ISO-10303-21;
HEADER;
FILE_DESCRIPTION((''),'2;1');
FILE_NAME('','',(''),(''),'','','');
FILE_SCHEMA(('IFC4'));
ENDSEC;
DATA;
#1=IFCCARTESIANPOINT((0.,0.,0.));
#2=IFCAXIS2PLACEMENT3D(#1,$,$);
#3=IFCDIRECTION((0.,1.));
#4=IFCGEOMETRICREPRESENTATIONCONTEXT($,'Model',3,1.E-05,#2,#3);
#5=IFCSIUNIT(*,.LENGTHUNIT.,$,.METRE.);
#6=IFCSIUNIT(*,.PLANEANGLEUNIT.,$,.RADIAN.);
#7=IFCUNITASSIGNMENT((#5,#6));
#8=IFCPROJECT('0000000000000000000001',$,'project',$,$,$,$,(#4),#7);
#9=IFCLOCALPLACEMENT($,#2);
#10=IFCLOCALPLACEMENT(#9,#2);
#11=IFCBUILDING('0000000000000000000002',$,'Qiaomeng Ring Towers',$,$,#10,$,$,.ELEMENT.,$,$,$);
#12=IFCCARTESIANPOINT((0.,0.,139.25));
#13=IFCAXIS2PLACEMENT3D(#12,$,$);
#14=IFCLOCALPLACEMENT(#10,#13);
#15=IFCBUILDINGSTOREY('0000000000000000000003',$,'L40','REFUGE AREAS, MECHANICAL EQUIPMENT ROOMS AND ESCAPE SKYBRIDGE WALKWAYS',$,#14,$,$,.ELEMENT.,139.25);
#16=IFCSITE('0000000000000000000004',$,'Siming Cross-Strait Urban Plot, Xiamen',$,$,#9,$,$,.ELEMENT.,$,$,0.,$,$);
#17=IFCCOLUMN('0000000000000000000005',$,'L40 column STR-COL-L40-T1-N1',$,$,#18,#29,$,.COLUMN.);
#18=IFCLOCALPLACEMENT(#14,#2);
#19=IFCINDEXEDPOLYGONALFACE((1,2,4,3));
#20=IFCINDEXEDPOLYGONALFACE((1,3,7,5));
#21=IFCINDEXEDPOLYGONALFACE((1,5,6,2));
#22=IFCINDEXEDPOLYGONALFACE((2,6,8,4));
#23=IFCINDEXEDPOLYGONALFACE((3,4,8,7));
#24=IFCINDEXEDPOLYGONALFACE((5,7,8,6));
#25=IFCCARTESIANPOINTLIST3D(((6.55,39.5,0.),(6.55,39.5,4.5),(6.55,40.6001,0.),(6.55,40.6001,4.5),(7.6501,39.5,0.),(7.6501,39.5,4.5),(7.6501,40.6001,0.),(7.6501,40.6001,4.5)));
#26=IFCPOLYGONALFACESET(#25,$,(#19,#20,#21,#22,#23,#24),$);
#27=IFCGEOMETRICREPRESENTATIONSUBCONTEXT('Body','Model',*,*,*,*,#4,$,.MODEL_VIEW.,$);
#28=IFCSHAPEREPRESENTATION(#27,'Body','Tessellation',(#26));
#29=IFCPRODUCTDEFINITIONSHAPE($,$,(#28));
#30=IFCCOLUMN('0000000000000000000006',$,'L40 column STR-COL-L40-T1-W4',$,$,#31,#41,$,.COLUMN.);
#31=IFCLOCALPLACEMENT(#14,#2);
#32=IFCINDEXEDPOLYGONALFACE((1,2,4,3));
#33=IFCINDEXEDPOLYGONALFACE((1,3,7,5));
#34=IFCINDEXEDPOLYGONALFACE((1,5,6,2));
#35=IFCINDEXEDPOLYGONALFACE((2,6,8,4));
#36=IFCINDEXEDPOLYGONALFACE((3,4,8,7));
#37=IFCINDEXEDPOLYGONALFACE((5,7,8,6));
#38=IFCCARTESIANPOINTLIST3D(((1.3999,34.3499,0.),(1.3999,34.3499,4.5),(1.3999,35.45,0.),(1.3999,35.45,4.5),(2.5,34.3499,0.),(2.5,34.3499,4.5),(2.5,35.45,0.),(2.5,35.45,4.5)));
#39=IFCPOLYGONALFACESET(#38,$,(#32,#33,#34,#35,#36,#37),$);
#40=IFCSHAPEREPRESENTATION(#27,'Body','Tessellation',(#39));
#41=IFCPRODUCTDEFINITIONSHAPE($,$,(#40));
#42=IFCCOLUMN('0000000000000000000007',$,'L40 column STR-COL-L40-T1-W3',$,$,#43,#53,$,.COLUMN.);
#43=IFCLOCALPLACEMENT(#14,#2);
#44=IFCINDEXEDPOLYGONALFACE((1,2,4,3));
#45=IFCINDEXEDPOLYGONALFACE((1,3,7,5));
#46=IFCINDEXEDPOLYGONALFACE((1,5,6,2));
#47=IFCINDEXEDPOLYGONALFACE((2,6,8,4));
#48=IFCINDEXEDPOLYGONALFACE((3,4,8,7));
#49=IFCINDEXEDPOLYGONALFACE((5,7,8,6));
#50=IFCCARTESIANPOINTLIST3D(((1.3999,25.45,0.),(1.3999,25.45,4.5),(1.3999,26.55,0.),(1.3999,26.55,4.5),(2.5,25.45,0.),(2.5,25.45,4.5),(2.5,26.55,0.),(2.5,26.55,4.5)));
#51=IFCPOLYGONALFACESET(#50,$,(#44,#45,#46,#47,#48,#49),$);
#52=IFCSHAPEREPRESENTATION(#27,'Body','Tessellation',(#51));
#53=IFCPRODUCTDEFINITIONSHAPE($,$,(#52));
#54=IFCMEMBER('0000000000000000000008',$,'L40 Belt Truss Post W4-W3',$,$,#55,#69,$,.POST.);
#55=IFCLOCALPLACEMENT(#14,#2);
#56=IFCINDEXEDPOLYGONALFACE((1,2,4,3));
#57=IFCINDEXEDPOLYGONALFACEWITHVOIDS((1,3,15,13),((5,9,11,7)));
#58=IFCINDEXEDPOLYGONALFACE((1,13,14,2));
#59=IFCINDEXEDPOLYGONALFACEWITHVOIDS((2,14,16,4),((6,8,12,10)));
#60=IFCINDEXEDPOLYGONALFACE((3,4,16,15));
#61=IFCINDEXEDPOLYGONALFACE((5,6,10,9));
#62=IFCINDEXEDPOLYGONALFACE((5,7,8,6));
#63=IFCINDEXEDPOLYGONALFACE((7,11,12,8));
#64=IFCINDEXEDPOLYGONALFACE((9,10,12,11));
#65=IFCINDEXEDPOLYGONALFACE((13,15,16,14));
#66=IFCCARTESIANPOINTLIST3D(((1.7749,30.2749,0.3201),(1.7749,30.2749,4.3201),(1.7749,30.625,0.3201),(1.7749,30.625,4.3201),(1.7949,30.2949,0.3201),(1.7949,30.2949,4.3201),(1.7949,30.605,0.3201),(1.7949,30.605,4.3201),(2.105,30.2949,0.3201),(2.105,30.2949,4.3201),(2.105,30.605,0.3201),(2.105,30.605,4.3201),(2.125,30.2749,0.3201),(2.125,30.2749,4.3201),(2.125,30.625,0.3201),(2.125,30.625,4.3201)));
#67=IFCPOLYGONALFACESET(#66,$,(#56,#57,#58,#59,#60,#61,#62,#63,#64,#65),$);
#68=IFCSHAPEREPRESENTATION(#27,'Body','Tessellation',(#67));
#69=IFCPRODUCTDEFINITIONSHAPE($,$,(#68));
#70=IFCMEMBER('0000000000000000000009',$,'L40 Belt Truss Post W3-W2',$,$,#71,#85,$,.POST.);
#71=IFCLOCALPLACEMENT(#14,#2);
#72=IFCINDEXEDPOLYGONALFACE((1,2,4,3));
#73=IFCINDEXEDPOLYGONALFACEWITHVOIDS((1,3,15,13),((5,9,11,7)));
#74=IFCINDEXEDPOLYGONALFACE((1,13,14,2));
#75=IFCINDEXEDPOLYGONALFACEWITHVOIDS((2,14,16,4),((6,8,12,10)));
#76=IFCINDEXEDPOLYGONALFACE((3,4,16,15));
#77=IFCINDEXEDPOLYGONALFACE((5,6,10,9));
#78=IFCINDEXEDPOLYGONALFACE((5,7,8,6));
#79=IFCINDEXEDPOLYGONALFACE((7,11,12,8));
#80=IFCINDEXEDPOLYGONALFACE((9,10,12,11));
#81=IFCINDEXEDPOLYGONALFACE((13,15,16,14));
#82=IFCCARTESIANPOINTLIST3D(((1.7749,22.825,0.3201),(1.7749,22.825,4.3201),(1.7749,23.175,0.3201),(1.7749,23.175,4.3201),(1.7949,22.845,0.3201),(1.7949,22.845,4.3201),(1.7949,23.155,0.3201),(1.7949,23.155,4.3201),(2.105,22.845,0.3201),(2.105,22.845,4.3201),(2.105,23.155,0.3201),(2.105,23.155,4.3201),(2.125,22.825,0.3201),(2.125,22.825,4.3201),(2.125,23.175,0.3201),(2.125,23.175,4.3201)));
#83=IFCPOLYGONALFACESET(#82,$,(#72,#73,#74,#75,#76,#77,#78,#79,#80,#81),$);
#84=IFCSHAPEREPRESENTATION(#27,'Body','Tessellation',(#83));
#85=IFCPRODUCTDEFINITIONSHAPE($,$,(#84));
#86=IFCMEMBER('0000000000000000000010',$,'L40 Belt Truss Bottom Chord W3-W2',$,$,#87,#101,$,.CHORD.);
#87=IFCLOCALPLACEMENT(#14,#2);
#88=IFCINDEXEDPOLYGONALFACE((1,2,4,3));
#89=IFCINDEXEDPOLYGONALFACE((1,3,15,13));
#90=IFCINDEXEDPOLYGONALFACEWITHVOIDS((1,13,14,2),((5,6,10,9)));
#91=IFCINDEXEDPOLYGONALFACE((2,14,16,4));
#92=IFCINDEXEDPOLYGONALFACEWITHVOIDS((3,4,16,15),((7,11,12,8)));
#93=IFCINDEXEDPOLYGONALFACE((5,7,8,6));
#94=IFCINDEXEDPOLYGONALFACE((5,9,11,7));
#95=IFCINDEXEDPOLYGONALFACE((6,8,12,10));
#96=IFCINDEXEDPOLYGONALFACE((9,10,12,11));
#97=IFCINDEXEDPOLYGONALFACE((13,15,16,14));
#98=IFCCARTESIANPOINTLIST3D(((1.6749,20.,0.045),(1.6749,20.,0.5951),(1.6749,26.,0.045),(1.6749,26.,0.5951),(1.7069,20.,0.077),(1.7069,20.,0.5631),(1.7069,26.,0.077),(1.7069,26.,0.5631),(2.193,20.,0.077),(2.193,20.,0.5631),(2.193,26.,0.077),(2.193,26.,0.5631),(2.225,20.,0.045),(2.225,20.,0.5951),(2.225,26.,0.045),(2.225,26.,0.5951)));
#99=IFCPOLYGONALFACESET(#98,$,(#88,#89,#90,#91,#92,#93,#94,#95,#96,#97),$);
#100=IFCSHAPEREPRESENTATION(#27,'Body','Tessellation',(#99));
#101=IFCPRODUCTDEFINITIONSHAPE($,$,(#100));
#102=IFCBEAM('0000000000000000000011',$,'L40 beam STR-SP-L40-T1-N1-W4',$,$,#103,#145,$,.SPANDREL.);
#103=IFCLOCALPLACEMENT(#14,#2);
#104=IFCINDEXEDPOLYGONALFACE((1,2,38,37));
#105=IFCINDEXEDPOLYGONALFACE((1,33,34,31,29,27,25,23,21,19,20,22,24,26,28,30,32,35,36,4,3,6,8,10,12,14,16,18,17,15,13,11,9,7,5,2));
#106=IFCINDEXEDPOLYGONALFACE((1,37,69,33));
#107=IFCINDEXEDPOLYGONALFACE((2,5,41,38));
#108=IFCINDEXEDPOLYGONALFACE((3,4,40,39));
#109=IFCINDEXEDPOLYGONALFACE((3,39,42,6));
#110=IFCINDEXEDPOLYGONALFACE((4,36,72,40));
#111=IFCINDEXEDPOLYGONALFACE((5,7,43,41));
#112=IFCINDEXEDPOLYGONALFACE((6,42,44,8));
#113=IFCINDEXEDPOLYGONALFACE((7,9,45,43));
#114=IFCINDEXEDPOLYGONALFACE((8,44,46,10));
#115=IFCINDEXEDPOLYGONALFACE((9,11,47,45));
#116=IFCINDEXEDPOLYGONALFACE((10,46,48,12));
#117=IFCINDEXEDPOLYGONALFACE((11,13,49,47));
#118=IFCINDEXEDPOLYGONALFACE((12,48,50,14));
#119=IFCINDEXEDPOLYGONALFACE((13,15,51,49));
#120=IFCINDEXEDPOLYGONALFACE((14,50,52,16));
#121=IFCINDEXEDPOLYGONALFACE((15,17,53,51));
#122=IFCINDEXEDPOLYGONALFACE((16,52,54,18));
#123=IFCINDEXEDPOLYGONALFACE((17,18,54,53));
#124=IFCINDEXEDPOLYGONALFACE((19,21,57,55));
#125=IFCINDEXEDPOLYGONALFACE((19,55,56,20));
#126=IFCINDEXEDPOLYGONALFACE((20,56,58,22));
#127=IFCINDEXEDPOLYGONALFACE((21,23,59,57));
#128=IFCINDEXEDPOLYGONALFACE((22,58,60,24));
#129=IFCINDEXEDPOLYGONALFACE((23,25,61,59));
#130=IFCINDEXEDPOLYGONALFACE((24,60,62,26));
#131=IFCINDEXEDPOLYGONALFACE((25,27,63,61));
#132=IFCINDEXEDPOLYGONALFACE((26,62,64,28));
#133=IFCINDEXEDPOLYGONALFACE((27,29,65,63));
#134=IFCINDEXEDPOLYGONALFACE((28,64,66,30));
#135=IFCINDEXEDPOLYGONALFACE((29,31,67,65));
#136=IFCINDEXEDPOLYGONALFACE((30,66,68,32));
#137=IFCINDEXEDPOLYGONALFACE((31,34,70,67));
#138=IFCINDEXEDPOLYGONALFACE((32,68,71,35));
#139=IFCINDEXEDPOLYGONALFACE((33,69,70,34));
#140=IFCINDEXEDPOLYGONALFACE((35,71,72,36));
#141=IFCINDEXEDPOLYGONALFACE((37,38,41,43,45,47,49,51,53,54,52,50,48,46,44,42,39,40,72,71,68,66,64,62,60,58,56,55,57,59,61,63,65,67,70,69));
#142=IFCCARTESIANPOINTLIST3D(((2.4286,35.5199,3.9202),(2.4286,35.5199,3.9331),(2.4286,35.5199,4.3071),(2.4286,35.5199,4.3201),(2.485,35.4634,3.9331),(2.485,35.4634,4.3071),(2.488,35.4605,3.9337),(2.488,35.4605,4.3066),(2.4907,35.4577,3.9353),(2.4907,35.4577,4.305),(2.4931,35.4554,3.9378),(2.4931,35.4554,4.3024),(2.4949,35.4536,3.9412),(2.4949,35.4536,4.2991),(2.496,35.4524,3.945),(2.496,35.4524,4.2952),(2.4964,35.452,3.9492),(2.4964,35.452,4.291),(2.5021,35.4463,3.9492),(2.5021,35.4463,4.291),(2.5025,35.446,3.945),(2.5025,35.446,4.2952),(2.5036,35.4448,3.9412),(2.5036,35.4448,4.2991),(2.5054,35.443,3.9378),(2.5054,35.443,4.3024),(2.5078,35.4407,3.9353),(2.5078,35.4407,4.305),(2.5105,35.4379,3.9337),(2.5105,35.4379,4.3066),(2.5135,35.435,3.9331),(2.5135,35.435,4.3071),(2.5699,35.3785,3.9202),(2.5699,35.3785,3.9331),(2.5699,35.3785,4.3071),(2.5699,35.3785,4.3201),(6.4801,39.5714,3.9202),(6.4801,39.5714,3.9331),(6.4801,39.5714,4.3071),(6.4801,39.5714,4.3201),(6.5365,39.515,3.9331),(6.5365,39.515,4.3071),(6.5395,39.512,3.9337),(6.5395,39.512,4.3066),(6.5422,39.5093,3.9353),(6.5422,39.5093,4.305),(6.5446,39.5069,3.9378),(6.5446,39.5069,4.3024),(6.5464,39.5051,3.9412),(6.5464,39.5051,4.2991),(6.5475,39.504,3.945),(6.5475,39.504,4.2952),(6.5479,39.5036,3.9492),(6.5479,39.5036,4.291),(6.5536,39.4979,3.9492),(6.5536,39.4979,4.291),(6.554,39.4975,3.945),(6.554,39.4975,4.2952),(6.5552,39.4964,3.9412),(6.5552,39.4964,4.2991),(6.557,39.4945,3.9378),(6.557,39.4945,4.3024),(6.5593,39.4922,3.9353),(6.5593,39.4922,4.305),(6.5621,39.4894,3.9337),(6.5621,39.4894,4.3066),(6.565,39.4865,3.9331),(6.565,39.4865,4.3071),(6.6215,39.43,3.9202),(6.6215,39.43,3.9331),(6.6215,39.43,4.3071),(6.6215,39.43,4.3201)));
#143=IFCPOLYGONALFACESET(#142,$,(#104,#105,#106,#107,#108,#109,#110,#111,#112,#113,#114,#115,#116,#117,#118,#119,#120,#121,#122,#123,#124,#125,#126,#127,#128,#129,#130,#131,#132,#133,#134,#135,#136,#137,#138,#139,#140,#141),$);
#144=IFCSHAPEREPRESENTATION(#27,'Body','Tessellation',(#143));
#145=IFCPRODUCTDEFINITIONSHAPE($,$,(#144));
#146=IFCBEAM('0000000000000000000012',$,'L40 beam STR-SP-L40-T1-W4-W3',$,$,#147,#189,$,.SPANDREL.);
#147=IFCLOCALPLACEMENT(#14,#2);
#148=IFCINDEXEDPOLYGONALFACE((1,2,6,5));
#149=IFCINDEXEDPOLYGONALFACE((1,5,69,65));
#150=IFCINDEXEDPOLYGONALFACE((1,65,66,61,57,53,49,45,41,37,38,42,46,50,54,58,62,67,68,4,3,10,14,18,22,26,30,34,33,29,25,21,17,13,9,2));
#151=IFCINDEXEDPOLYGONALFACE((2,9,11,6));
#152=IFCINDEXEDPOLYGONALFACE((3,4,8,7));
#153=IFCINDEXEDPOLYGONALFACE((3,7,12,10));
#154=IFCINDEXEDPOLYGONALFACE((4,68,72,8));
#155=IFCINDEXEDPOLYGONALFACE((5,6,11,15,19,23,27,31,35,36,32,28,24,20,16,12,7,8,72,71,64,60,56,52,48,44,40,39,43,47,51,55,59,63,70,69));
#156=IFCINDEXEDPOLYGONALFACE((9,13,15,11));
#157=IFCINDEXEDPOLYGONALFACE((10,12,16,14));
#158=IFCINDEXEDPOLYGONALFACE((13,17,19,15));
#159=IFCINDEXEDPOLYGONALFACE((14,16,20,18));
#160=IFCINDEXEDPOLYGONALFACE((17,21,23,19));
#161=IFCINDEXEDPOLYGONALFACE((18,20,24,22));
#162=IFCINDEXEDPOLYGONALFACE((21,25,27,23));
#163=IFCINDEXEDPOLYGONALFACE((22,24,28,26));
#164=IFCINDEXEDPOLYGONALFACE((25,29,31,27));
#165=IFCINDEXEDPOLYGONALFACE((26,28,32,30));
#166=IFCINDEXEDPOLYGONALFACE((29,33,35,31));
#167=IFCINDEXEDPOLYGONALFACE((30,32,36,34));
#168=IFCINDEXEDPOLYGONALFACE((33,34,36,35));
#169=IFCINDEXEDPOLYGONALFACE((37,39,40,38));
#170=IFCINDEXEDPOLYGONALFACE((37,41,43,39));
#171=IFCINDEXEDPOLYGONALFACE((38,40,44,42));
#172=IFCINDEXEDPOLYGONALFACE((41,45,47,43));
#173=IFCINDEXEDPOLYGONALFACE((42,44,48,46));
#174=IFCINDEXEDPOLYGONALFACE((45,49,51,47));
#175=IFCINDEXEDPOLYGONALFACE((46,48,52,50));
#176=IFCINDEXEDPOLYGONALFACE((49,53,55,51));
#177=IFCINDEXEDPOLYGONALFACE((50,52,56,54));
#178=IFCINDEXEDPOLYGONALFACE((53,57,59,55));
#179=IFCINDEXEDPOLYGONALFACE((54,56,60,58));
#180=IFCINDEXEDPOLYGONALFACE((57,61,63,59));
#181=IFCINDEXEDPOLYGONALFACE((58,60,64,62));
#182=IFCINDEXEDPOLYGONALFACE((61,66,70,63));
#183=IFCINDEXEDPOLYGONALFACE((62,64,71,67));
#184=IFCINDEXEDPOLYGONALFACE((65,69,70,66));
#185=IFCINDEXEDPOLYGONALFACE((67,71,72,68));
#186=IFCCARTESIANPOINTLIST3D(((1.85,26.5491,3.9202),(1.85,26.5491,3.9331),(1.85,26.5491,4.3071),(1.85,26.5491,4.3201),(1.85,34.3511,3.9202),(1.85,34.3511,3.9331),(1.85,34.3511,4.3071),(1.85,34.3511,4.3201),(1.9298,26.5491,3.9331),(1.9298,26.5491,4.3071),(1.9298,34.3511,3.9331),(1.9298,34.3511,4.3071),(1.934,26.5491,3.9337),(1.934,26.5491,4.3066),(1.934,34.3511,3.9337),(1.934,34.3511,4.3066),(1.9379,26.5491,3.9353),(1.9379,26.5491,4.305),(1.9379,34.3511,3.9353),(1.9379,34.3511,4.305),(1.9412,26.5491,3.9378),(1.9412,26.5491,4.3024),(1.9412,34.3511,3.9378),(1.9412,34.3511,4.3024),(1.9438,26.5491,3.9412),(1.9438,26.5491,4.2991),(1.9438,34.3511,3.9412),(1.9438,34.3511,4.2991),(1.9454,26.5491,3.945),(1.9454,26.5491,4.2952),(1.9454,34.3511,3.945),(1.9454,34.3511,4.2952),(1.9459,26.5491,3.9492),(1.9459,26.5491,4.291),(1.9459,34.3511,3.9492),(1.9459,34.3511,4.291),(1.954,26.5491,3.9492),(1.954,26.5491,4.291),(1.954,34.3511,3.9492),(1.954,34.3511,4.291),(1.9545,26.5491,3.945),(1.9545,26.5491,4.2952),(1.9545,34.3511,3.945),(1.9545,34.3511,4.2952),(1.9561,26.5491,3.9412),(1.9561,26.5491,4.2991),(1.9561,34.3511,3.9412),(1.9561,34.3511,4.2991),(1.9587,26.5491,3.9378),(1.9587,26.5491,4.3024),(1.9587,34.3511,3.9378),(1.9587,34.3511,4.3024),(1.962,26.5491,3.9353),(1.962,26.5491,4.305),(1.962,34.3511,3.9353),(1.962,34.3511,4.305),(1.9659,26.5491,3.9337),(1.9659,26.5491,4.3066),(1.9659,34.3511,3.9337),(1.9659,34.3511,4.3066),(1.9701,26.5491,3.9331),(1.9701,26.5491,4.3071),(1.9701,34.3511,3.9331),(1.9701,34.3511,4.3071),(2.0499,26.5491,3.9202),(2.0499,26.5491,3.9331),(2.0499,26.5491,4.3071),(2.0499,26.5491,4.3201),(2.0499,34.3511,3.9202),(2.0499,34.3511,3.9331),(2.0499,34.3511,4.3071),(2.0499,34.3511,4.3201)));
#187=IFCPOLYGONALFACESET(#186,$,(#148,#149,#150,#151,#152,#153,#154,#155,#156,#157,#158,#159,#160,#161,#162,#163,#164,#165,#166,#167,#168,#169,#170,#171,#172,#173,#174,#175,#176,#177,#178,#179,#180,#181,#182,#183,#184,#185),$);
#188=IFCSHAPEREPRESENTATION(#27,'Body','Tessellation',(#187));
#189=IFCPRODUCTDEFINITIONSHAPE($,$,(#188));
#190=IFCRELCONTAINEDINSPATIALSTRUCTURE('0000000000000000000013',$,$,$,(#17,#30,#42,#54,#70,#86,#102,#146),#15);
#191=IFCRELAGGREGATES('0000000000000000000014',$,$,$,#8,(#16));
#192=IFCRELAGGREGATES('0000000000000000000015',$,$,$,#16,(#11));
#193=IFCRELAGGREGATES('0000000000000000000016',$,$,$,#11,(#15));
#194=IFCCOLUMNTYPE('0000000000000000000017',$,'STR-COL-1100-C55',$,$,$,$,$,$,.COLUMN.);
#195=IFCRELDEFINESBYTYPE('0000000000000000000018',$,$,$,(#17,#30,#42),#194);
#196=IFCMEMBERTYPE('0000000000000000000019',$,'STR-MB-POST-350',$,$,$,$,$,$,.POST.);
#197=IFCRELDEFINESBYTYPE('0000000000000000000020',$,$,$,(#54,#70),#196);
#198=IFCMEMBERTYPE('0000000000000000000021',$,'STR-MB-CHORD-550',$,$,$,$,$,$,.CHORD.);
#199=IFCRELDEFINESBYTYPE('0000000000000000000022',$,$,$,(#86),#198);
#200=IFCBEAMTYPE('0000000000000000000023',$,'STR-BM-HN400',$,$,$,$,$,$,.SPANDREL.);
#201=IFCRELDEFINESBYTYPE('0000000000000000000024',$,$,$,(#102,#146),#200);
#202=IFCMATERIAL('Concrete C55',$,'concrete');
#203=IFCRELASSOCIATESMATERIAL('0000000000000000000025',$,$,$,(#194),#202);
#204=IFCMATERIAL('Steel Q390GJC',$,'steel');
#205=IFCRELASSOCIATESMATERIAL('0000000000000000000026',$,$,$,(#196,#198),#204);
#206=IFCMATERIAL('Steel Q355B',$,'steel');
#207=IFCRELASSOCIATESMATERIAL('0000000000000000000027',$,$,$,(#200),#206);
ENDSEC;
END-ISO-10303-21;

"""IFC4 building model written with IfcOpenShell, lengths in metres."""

from ifc_helpers import new_model, si_unit, direction, frame, origin, origin_2d, place, context, subcontext, project, spatial, rectangle, hollow_rectangle, i_section, extrude, source, transform, mapped, material, material_profile, profile_set, type_object, element, save


model = new_model("IFC4")

# Units and contexts
model_context = context("Model", 3, precision=1e-05, world=origin(), true_north=direction((0.0, 1.0)))
body_context = subcontext(model_context, "Body", "Model", "MODEL_VIEW")
ifc_project = project(units=[si_unit("LENGTHUNIT", "METRE"), si_unit("PLANEANGLEUNIT", "RADIAN")], contexts=[model_context])

# Site, building, storey
site_placement = place(None, origin())
site = spatial("IfcSite", under=ifc_project, at=site_placement, Name="Siming Cross-Strait Urban Plot, Xiamen", CompositionType="ELEMENT", RefElevation=0.0)
building_placement = place(site_placement, origin())
building = spatial("IfcBuilding", under=site, at=building_placement, Name="Qiaomeng Ring Towers", CompositionType="ELEMENT")
storey_placement = place(building_placement, frame((0.0, 0.0, 139.25)))
storey = spatial("IfcBuildingStorey", under=building, at=storey_placement, Name="L40", Description="REFUGE AREAS, MECHANICAL EQUIPMENT ROOMS AND ESCAPE SKYBRIDGE WALKWAYS", CompositionType="ELEMENT", Elevation=139.25)

# Columns
ifc_material_1 = material(Name="Concrete C55", Category="concrete")
ifc_material_profile_1 = material_profile(ifc_material_1, rectangle(XDim=1.1001, YDim=1.1001, at=origin_2d()), Name="RC COL 1100x1100")
ifc_profile_set_1 = profile_set([ifc_material_profile_1], Name="Concrete C55")
column_type = type_object("IfcColumnType", Name="STR-COL-1100-C55", PredefinedType="COLUMN", material=ifc_profile_set_1)
shared_shape_1 = source(origin(), body_context, "Body", "SweptSolid", [
    extrude(rectangle(XDim=1.1001, YDim=1.1001, at=origin_2d()), origin(), (0.0, 0.0, 1.0), 4.5),
])
for number, where, z_axis, x_axis, name in (
    (1, (7.1001, 40.05, 0.0), (0.0, 0.0, 1.0), (1.0, 0.0, 0.0), "L40 column STR-COL-L40-T1-N1"),
    (2, (1.95, 34.8999, 0.0), (0.0, 0.0, 1.0), (1.0, 0.0, 0.0), "L40 column STR-COL-L40-T1-W4"),
    (3, (1.95, 26.0, 0.0), (0.0, 0.0, 1.0), (1.0, 0.0, 0.0), "L40 column STR-COL-L40-T1-W3"),
):
    element("IfcColumn", number, at=place(storey_placement, frame(where, z_axis=z_axis, x_axis=x_axis)), inside=storey, type_object=column_type, Name=name, PredefinedType="COLUMN", context=body_context, shape_type="MappedRepresentation", body=[
        mapped(shared_shape_1, transform((0.0, 0.0, 0.0), x_axis=(1.0, 0.0, 0.0), y_axis=(0.0, 1.0, 0.0), z_axis=(0.0, 0.0, 1.0), scale=1.0)),
    ])

# Members
ifc_material_2 = material(Name="Steel Q390GJC", Category="steel")
ifc_material_profile_2 = material_profile(ifc_material_2, hollow_rectangle(XDim=0.3501, YDim=0.3501, WallThickness=0.02, at=origin_2d()), Name="SHS 350x350x20")
ifc_profile_set_2 = profile_set([ifc_material_profile_2], Name="Steel Q390GJC")
member_type_1 = type_object("IfcMemberType", Name="STR-MB-POST-350", PredefinedType="POST", material=ifc_profile_set_2)
shared_shape_2 = source(origin(), body_context, "Body", "SweptSolid", [
    extrude(hollow_rectangle(XDim=0.3501, YDim=0.3501, WallThickness=0.02, at=origin_2d()), origin(), (0.0, 0.0, 1.0), 4.0),
])
for number, where, z_axis, x_axis, name in (
    (4, (1.95, 30.45, 0.3201), (0.0, 0.0, 1.0), (1.0, 0.0, 0.0), "L40 Belt Truss Post W4-W3"),
    (5, (1.95, 23.0, 0.3201), (0.0, 0.0, 1.0), (1.0, 0.0, 0.0), "L40 Belt Truss Post W3-W2"),
):
    element("IfcMember", number, at=place(storey_placement, frame(where, z_axis=z_axis, x_axis=x_axis)), inside=storey, type_object=member_type_1, Name=name, PredefinedType="POST", context=body_context, shape_type="MappedRepresentation", body=[
        mapped(shared_shape_2, transform((0.0, 0.0, 0.0), x_axis=(1.0, 0.0, 0.0), y_axis=(0.0, 1.0, 0.0), z_axis=(0.0, 0.0, 1.0), scale=1.0)),
    ])
ifc_material_profile_3 = material_profile(ifc_material_2, hollow_rectangle(XDim=0.55, YDim=0.55, WallThickness=0.032, at=origin_2d()), Name="SHS 550x550x32")
ifc_profile_set_3 = profile_set([ifc_material_profile_3], Name="Steel Q390GJC")
member_type_2 = type_object("IfcMemberType", Name="STR-MB-CHORD-550", PredefinedType="CHORD", material=ifc_profile_set_3)
shared_shape_3 = source(origin(), body_context, "Body", "SweptSolid", [
    extrude(hollow_rectangle(XDim=0.55, YDim=0.55, WallThickness=0.032, at=origin_2d()), origin(), (0.0, 0.0, 1.0), 6.0),
])
member_1_placement = place(storey_placement, frame((1.95, 26.0, 0.3201), z_axis=(0.0, -1.0, 0.0), x_axis=(1.0, 0.0, 0.0)))
element("IfcMember", 6, at=member_1_placement, inside=storey, type_object=member_type_2, Name="L40 Belt Truss Bottom Chord W3-W2", PredefinedType="CHORD", context=body_context, shape_type="MappedRepresentation", body=[
    mapped(shared_shape_3, transform((0.0, 0.0, 0.0), x_axis=(1.0, 0.0, 0.0), y_axis=(0.0, 1.0, 0.0), z_axis=(0.0, 0.0, 1.0), scale=1.0)),
])

# Beams
ifc_material_3 = material(Name="Steel Q355B", Category="steel")
ifc_material_profile_4 = material_profile(ifc_material_3, i_section(OverallWidth=0.2, OverallDepth=0.3999, WebThickness=0.0081, FlangeThickness=0.0129, FilletRadius=0.0161, at=origin_2d()), Name="HN 400x200x8x13")
ifc_profile_set_4 = profile_set([ifc_material_profile_4], Name="Steel Q355B")
beam_type_1 = type_object("IfcBeamType", Name="STR-BM-HN400", PredefinedType="SPANDREL", material=ifc_profile_set_4)
shared_shape_4 = source(origin(), body_context, "Body", "SweptSolid", [
    extrude(i_section(OverallWidth=0.2, OverallDepth=0.3999, WebThickness=0.0081, FlangeThickness=0.0129, FilletRadius=0.0161, at=origin_2d()), origin(), (0.0, 0.0, 1.0), 5.7297),
])
beam_1_placement = place(storey_placement, frame((6.5508, 39.5007, 4.1201), z_axis=(-0.707107, -0.707107, 0.0), x_axis=(0.707107, -0.707107, 0.0)))
element("IfcBeam", 7, at=beam_1_placement, inside=storey, type_object=beam_type_1, Name="L40 beam STR-SP-L40-T1-N1-W4", PredefinedType="SPANDREL", context=body_context, shape_type="MappedRepresentation", body=[
    mapped(shared_shape_4, transform((0.0, 0.0, 0.0), x_axis=(1.0, 0.0, 0.0), y_axis=(0.0, 1.0, 0.0), z_axis=(0.0, 0.0, 1.0), scale=1.0)),
])
shared_shape_5 = source(origin(), body_context, "Body", "SweptSolid", [
    extrude(i_section(OverallWidth=0.2, OverallDepth=0.3999, WebThickness=0.0081, FlangeThickness=0.0129, FilletRadius=0.0161, at=origin_2d()), origin(), (0.0, 0.0, 1.0), 7.802),
])
beam_2_placement = place(storey_placement, frame((1.95, 34.3511, 4.1201), z_axis=(0.0, -1.0, 0.0), x_axis=(1.0, 0.0, 0.0)))
element("IfcBeam", 8, at=beam_2_placement, inside=storey, type_object=beam_type_1, Name="L40 beam STR-SP-L40-T1-W4-W3", PredefinedType="SPANDREL", context=body_context, shape_type="MappedRepresentation", body=[
    mapped(shared_shape_5, transform((0.0, 0.0, 0.0), x_axis=(1.0, 0.0, 0.0), y_axis=(0.0, 1.0, 0.0), z_axis=(0.0, 0.0, 1.0), scale=1.0)),
])

save(model, "model.ifc")
